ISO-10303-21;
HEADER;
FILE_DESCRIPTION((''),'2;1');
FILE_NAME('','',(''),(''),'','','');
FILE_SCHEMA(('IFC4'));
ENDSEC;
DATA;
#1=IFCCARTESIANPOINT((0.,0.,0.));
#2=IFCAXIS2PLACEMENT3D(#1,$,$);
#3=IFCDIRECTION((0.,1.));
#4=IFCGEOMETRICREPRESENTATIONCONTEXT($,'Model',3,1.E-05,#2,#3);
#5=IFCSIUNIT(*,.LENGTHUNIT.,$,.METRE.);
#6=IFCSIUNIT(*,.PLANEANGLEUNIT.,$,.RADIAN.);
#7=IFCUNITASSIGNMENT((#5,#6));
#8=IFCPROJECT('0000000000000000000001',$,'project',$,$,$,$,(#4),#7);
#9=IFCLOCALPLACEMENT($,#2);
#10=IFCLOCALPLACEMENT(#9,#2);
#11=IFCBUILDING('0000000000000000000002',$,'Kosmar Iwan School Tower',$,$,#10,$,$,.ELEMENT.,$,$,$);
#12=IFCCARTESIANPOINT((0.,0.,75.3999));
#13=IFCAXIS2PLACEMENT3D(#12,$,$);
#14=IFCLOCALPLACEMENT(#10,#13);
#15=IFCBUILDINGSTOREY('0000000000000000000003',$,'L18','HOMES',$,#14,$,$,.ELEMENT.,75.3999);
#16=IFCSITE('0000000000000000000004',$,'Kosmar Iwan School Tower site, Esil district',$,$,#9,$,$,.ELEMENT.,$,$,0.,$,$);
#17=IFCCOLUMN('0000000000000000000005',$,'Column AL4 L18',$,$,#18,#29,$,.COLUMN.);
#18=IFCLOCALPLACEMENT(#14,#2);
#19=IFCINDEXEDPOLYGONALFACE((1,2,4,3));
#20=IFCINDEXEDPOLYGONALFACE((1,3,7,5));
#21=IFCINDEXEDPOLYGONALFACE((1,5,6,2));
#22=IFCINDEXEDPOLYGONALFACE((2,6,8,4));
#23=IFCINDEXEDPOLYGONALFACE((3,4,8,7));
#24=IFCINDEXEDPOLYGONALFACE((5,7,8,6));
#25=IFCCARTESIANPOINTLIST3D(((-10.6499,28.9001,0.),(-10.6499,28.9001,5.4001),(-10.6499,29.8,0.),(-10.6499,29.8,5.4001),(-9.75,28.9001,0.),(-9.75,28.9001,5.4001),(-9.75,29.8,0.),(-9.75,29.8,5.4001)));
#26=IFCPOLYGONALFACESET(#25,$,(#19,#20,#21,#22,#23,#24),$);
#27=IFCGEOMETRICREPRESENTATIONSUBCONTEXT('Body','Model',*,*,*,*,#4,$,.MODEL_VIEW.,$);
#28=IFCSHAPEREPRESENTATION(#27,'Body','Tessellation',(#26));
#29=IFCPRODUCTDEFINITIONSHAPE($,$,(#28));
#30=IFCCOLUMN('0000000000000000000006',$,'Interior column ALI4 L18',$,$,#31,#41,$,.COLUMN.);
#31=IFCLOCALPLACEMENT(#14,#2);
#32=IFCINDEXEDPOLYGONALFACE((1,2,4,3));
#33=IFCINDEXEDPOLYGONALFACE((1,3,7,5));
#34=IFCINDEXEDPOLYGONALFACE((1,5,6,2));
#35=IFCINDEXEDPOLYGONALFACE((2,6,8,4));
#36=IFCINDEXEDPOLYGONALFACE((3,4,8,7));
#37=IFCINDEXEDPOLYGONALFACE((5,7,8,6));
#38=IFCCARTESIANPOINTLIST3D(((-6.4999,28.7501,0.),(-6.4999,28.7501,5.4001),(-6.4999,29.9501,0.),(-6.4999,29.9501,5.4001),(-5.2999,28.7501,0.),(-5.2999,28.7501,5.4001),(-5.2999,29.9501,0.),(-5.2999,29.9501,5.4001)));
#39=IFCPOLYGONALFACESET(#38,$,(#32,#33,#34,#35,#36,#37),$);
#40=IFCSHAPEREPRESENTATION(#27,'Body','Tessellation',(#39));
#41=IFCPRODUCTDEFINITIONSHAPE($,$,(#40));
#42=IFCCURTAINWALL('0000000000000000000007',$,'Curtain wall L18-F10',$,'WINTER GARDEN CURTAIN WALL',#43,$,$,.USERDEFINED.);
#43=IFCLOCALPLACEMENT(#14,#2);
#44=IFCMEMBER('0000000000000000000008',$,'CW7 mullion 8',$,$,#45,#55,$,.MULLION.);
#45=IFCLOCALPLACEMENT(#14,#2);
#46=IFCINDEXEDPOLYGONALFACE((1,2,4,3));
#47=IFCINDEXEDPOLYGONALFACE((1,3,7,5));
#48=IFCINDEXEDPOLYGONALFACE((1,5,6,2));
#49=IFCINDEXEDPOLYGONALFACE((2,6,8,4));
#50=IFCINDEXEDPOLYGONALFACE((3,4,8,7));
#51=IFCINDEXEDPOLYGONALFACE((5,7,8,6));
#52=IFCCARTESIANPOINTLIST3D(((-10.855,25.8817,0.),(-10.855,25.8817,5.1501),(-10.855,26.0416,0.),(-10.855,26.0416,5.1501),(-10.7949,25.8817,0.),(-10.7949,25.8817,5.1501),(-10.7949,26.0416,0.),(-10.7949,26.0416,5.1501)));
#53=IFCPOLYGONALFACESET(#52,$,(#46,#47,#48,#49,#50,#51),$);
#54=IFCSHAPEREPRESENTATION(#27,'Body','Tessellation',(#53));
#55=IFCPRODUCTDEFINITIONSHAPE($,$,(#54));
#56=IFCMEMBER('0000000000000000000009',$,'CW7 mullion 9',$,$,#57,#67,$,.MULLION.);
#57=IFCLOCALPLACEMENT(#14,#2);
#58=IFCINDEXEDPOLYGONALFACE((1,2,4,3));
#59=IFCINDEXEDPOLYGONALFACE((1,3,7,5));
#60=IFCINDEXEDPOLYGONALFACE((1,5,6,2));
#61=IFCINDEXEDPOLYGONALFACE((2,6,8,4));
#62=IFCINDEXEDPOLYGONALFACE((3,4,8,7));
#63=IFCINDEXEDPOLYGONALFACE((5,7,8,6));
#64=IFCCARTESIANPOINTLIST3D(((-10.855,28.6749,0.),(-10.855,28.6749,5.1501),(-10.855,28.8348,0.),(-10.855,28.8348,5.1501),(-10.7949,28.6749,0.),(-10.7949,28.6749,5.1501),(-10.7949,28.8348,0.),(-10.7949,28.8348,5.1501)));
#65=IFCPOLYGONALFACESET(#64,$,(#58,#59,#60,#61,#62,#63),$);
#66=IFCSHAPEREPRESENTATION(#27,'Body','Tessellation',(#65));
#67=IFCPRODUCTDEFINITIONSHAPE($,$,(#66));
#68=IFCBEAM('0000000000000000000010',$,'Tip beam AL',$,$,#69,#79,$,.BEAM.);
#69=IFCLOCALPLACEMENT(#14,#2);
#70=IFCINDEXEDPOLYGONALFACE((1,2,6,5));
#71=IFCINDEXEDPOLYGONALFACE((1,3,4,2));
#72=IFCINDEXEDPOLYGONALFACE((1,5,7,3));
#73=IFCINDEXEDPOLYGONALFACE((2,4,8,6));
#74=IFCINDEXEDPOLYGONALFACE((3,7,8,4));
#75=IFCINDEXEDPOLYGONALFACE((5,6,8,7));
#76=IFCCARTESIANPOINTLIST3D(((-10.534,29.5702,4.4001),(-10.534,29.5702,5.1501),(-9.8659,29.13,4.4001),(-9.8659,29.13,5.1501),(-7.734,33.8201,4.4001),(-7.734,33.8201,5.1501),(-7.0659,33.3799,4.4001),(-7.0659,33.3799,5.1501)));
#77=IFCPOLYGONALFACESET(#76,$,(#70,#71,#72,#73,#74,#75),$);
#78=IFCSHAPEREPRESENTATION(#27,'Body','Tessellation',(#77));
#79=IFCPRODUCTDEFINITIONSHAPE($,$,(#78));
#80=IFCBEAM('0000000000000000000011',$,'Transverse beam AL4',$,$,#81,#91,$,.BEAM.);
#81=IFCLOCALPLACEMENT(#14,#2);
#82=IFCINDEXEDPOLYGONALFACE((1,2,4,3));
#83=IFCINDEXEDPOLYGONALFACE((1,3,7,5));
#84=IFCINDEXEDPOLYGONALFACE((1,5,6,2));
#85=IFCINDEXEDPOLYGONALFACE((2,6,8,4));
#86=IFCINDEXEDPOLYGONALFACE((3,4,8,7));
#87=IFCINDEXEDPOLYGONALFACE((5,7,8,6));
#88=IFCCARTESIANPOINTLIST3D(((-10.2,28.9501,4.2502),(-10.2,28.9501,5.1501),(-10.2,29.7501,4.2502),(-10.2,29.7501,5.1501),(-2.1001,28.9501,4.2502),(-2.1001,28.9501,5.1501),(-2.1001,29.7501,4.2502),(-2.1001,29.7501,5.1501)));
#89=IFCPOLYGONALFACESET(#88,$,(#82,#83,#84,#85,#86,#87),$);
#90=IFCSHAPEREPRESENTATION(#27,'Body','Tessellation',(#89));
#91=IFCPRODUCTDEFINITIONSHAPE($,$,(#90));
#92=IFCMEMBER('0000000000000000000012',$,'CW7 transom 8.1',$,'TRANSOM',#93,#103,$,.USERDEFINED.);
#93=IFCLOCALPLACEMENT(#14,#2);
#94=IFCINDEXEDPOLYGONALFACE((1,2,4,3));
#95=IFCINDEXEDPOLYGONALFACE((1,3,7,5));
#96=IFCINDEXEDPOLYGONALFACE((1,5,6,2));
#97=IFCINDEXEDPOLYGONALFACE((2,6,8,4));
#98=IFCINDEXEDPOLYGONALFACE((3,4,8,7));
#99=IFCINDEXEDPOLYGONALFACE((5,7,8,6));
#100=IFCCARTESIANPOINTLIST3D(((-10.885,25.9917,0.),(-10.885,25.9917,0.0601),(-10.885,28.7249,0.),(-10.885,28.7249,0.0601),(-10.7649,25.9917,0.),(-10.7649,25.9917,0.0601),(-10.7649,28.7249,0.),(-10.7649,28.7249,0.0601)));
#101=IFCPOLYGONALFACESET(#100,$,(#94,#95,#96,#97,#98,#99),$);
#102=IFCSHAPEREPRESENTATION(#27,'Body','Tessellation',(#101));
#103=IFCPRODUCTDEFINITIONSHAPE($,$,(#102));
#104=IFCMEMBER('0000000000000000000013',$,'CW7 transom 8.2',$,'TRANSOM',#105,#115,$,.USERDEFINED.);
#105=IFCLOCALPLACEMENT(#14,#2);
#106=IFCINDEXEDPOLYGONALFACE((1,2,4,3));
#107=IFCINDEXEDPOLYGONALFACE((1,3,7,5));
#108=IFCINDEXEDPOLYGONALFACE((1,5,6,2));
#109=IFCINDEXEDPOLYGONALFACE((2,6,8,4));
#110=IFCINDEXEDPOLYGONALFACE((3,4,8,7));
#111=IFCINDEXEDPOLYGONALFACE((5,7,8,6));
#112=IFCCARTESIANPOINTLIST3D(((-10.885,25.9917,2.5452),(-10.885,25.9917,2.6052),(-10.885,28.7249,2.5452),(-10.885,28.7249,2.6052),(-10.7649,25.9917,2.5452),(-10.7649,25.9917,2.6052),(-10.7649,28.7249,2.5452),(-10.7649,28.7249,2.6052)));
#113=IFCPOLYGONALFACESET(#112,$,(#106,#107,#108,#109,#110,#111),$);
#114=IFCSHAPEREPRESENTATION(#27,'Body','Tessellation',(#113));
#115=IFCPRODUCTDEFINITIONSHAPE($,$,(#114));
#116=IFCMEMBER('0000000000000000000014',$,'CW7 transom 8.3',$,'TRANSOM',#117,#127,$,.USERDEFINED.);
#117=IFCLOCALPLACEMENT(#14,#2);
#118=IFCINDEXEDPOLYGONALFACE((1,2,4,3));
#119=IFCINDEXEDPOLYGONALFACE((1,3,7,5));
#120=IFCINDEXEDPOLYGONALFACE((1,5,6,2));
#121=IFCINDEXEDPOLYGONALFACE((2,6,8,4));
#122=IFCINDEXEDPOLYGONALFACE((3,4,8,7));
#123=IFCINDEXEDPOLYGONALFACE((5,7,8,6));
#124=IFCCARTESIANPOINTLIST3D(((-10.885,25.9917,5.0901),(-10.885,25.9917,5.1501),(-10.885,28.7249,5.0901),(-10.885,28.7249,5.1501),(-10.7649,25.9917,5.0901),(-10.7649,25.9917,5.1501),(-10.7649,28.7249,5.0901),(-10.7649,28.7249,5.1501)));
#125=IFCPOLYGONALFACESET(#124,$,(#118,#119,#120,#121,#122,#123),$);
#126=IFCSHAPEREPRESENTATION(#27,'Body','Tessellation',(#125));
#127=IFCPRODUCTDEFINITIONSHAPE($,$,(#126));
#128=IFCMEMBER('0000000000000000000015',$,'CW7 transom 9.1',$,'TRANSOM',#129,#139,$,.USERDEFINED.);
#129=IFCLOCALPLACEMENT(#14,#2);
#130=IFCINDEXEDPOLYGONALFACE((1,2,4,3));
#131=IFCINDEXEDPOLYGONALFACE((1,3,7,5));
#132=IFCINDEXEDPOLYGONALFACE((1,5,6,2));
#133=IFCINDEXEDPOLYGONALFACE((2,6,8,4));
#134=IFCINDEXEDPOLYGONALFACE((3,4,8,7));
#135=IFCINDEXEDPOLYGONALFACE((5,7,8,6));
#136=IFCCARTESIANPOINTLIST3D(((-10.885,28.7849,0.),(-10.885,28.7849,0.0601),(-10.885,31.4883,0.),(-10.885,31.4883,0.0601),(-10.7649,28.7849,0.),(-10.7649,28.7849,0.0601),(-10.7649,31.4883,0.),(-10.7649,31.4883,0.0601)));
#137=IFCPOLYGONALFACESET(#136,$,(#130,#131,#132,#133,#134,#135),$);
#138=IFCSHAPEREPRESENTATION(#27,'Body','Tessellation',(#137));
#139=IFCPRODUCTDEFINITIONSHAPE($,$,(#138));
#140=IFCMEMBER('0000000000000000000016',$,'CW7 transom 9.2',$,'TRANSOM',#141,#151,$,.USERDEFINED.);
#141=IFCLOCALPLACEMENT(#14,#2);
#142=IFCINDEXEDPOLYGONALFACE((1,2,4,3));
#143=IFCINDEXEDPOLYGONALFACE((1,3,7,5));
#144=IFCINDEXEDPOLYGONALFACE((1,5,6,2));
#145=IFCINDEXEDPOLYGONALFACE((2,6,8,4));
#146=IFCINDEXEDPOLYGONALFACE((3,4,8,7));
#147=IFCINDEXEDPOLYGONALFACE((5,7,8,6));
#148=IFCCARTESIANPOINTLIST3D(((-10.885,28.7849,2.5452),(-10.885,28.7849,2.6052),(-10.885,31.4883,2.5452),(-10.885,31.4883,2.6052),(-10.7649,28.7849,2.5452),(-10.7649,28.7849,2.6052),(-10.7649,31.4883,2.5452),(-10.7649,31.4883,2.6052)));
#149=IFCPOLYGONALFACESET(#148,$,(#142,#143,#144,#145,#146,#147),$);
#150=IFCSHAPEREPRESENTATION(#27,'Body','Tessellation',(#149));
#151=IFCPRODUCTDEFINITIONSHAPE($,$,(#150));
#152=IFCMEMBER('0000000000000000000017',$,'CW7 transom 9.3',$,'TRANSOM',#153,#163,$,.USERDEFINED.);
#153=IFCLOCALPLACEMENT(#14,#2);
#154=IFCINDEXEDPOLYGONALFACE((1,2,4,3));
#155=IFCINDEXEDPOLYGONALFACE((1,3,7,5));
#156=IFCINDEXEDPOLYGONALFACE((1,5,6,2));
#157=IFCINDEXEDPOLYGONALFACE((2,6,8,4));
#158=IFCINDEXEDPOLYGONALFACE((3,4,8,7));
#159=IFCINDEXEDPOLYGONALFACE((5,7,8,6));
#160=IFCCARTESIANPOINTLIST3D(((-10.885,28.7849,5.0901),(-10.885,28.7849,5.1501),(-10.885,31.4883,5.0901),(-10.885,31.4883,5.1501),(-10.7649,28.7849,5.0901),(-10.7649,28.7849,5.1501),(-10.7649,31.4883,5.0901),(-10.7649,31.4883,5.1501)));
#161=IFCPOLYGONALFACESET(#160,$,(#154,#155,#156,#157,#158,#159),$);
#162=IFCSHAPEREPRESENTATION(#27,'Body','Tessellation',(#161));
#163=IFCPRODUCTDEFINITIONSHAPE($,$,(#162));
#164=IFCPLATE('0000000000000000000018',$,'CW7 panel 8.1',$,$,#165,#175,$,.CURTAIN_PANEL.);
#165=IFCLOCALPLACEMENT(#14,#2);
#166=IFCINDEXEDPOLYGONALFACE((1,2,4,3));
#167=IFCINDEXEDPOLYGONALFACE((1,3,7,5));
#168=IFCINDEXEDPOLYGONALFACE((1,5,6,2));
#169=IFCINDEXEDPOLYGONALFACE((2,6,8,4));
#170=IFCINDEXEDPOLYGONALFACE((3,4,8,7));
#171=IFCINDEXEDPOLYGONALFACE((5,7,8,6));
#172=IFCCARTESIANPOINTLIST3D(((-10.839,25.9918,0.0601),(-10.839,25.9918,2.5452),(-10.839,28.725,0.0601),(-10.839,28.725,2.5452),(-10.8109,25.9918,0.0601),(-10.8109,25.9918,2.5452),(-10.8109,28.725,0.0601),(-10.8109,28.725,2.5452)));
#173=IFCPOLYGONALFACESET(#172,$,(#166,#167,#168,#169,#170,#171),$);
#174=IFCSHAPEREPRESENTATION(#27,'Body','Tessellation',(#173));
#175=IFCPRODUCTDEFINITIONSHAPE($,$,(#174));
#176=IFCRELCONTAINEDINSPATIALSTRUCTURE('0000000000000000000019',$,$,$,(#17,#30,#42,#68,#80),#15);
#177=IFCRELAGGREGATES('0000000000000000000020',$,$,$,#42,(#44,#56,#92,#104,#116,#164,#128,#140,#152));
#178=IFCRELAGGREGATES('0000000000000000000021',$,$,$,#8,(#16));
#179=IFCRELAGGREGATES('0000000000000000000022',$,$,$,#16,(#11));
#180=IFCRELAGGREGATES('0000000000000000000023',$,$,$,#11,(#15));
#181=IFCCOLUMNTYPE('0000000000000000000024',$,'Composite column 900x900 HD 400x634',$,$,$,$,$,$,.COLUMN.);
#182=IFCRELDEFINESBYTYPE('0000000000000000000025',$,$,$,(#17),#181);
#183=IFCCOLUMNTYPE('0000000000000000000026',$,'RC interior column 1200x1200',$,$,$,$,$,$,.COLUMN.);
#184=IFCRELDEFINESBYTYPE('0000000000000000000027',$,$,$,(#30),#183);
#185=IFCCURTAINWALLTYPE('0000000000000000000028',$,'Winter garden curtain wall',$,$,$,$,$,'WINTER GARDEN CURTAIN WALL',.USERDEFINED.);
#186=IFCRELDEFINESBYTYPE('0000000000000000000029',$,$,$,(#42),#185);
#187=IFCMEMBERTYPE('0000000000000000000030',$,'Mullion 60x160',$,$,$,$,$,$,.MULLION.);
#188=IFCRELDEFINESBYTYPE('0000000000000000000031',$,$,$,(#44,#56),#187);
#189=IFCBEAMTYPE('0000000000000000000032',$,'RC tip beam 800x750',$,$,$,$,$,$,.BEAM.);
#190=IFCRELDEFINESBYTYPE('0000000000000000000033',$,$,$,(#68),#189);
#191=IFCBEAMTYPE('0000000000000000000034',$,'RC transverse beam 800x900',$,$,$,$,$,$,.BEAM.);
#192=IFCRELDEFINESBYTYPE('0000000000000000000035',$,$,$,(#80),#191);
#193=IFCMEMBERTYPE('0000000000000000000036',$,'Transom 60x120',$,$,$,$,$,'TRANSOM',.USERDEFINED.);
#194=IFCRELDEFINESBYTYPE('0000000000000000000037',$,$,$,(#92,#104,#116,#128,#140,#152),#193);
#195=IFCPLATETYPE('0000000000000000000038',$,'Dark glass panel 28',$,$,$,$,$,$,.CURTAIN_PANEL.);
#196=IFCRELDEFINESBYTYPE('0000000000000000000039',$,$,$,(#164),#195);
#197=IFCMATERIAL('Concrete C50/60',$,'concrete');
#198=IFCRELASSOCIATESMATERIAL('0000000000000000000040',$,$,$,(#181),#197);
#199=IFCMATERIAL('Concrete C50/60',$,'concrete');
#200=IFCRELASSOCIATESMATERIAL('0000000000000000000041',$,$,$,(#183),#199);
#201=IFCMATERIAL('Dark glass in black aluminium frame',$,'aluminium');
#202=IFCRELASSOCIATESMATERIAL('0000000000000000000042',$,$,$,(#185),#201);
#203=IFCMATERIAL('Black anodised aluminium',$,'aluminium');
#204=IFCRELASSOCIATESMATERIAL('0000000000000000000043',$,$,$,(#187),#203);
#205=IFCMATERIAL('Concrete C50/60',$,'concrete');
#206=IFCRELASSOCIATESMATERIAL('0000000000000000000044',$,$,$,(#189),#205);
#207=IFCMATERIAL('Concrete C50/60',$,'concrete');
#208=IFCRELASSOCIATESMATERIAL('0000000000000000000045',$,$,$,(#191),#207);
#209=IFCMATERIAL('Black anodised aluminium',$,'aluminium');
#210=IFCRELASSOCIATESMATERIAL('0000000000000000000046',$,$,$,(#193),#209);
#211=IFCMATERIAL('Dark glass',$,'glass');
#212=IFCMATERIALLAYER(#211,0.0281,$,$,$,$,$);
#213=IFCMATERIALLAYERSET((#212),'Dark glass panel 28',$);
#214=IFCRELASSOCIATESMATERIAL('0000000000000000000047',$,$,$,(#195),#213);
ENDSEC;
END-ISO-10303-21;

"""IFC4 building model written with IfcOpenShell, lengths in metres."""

from ifc_helpers import new_model, si_unit, direction, frame, origin, origin_2d, place, context, subcontext, project, spatial, rectangle, extrude, material, layer, layer_set, material_profile, profile_set, type_object, element, aggregate, save


model = new_model("IFC4")

# Units and contexts
model_context = context("Model", 3, precision=1e-05, world=origin(), true_north=direction((0.0, 1.0)))
body_context = subcontext(model_context, "Body", "Model", "MODEL_VIEW")
ifc_project = project(units=[si_unit("LENGTHUNIT", "METRE"), si_unit("PLANEANGLEUNIT", "RADIAN")], contexts=[model_context])

# Site, building, storey
site_placement = place(None, origin())
site = spatial("IfcSite", under=ifc_project, at=site_placement, Name="Kosmar Iwan School Tower site, Esil district", CompositionType="ELEMENT", RefElevation=0.0)
building_placement = place(site_placement, origin())
building = spatial("IfcBuilding", under=site, at=building_placement, Name="Kosmar Iwan School Tower", CompositionType="ELEMENT")
storey_placement = place(building_placement, frame((0.0, 0.0, 75.3999)))
storey = spatial("IfcBuildingStorey", under=building, at=storey_placement, Name="L18", Description="HOMES", CompositionType="ELEMENT", Elevation=75.3999)

# Columns
ifc_material_1 = material(Name="Concrete C50/60", Category="concrete")
ifc_material_profile_1 = material_profile(ifc_material_1, rectangle(XDim=0.8999, YDim=0.8999, at=origin_2d()), Name="RC 900x900 + HD 400x634")
ifc_profile_set_1 = profile_set([ifc_material_profile_1], Name="Concrete C50/60")
column_type_1 = type_object("IfcColumnType", Name="Composite column 900x900 HD 400x634", PredefinedType="COLUMN", material=ifc_profile_set_1)
column_1_placement = place(storey_placement, frame((-10.2, 29.3501, 0.0), z_axis=(0.0, 0.0, 1.0), x_axis=(0.0, 1.0, 0.0)))
element("IfcColumn", 1, at=column_1_placement, inside=storey, type_object=column_type_1, Name="Column AL4 L18", PredefinedType="COLUMN", context=body_context, shape_type="SweptSolid", body=[
    extrude(rectangle(XDim=0.8999, YDim=0.8999, at=origin_2d()), origin(), (0.0, 0.0, 1.0), 5.4001),
])
ifc_material_2 = material(Name="Concrete C50/60", Category="concrete")
ifc_material_profile_2 = material_profile(ifc_material_2, rectangle(XDim=1.2, YDim=1.2, at=origin_2d()), Name="RC 1200x1200")
ifc_profile_set_2 = profile_set([ifc_material_profile_2], Name="Concrete C50/60")
column_type_2 = type_object("IfcColumnType", Name="RC interior column 1200x1200", PredefinedType="COLUMN", material=ifc_profile_set_2)
column_2_placement = place(storey_placement, frame((-5.8999, 29.3501, 0.0), z_axis=(0.0, 0.0, 1.0), x_axis=(0.0, 1.0, 0.0)))
element("IfcColumn", 2, at=column_2_placement, inside=storey, type_object=column_type_2, Name="Interior column ALI4 L18", PredefinedType="COLUMN", context=body_context, shape_type="SweptSolid", body=[
    extrude(rectangle(XDim=1.2, YDim=1.2, at=origin_2d()), origin(), (0.0, 0.0, 1.0), 5.4001),
])

# Curtain wall, members
ifc_material_3 = material(Name="Dark glass in black aluminium frame", Category="aluminium")
curtain_wall_type = type_object("IfcCurtainWallType", Name="Winter garden curtain wall", ElementType="WINTER GARDEN CURTAIN WALL", PredefinedType="USERDEFINED", material=ifc_material_3)
curtain_wall_placement = place(storey_placement, origin())
curtain_wall = element("IfcCurtainWall", 3, at=curtain_wall_placement, inside=storey, type_object=curtain_wall_type, Name="Curtain wall L18-F10", ObjectType="WINTER GARDEN CURTAIN WALL", PredefinedType="USERDEFINED")
ifc_material_4 = material(Name="Black anodised aluminium", Category="aluminium")
ifc_material_profile_3 = material_profile(ifc_material_4, rectangle(XDim=0.0601, YDim=0.1599, at=origin_2d()), Name="MULLION 60x160")
ifc_profile_set_3 = profile_set([ifc_material_profile_3], Name="Black anodised aluminium")
member_type_1 = type_object("IfcMemberType", Name="Mullion 60x160", PredefinedType="MULLION", material=ifc_profile_set_3)
member_1_placement = place(storey_placement, frame((-10.825, 25.9617, 0.0), z_axis=(0.0, 0.0, 1.0), x_axis=(-1.0, 0.0, 0.0)))
member_1 = element("IfcMember", 4, at=member_1_placement, type_object=member_type_1, Name="CW7 mullion 8", PredefinedType="MULLION", context=body_context, shape_type="SweptSolid", body=[
    extrude(rectangle(XDim=0.0601, YDim=0.1599, at=origin_2d()), origin(), (0.0, 0.0, 1.0), 5.1501),
])
member_2_placement = place(storey_placement, frame((-10.825, 28.7549, 0.0), z_axis=(0.0, 0.0, 1.0), x_axis=(-1.0, 0.0, 0.0)))
member_2 = element("IfcMember", 5, at=member_2_placement, type_object=member_type_1, Name="CW7 mullion 9", PredefinedType="MULLION", context=body_context, shape_type="SweptSolid", body=[
    extrude(rectangle(XDim=0.0601, YDim=0.1599, at=origin_2d()), origin(), (0.0, 0.0, 1.0), 5.1501),
])

# Beams
ifc_material_5 = material(Name="Concrete C50/60", Category="concrete")
ifc_material_profile_4 = material_profile(ifc_material_5, rectangle(XDim=0.8, YDim=0.75, at=origin_2d()), Name="RC 800x750")
ifc_profile_set_4 = profile_set([ifc_material_profile_4], Name="Concrete C50/60")
beam_type_1 = type_object("IfcBeamType", Name="RC tip beam 800x750", PredefinedType="BEAM", material=ifc_profile_set_4)
beam_1_placement = place(storey_placement, frame((-10.2, 29.3501, 4.7751), z_axis=(0.550164, 0.835056, 0.0), x_axis=(-0.835056, 0.550164, 0.0)))
element("IfcBeam", 6, at=beam_1_placement, inside=storey, type_object=beam_type_1, Name="Tip beam AL", PredefinedType="BEAM", context=body_context, shape_type="SweptSolid", body=[
    extrude(rectangle(XDim=0.8, YDim=0.75, at=origin_2d()), origin(), (0.0, 0.0, 1.0), 5.0894),
])
ifc_material_6 = material(Name="Concrete C50/60", Category="concrete")
ifc_material_profile_5 = material_profile(ifc_material_6, rectangle(XDim=0.8, YDim=0.8999, at=origin_2d()), Name="RC 800x900")
ifc_profile_set_5 = profile_set([ifc_material_profile_5], Name="Concrete C50/60")
beam_type_2 = type_object("IfcBeamType", Name="RC transverse beam 800x900", PredefinedType="BEAM", material=ifc_profile_set_5)
beam_2_placement = place(storey_placement, frame((-10.2, 29.3501, 4.7002), z_axis=(1.0, 0.0, 0.0), x_axis=(0.0, 1.0, 0.0)))
element("IfcBeam", 7, at=beam_2_placement, inside=storey, type_object=beam_type_2, Name="Transverse beam AL4", PredefinedType="BEAM", context=body_context, shape_type="SweptSolid", body=[
    extrude(rectangle(XDim=0.8, YDim=0.8999, at=origin_2d()), origin(), (0.0, 0.0, 1.0), 8.0999),
])

# Members
ifc_material_7 = material(Name="Black anodised aluminium", Category="aluminium")
ifc_material_profile_6 = material_profile(ifc_material_7, rectangle(XDim=0.1201, YDim=0.0601, at=origin_2d()), Name="TRANSOM 60x120")
ifc_profile_set_6 = profile_set([ifc_material_profile_6], Name="Black anodised aluminium")
member_type_2 = type_object("IfcMemberType", Name="Transom 60x120", ElementType="TRANSOM", PredefinedType="USERDEFINED", material=ifc_profile_set_6)
member_3_placement = place(storey_placement, frame((-10.825, 25.9917, 0.03), z_axis=(0.0, 1.0, 0.0), x_axis=(-1.0, 0.0, 0.0)))
member_3 = element("IfcMember", 8, at=member_3_placement, type_object=member_type_2, Name="CW7 transom 8.1", ObjectType="TRANSOM", PredefinedType="USERDEFINED", context=body_context, shape_type="SweptSolid", body=[
    extrude(rectangle(XDim=0.1201, YDim=0.0601, at=origin_2d()), origin(), (0.0, 0.0, 1.0), 2.7332),
])
member_4_placement = place(storey_placement, frame((-10.825, 25.9917, 2.5752), z_axis=(0.0, 1.0, 0.0), x_axis=(-1.0, 0.0, 0.0)))
member_4 = element("IfcMember", 9, at=member_4_placement, type_object=member_type_2, Name="CW7 transom 8.2", ObjectType="TRANSOM", PredefinedType="USERDEFINED", context=body_context, shape_type="SweptSolid", body=[
    extrude(rectangle(XDim=0.1201, YDim=0.0601, at=origin_2d()), origin(), (0.0, 0.0, 1.0), 2.7332),
])
member_5_placement = place(storey_placement, frame((-10.825, 25.9917, 5.1201), z_axis=(0.0, 1.0, 0.0), x_axis=(-1.0, 0.0, 0.0)))
member_5 = element("IfcMember", 10, at=member_5_placement, type_object=member_type_2, Name="CW7 transom 8.3", ObjectType="TRANSOM", PredefinedType="USERDEFINED", context=body_context, shape_type="SweptSolid", body=[
    extrude(rectangle(XDim=0.1201, YDim=0.0601, at=origin_2d()), origin(), (0.0, 0.0, 1.0), 2.7332),
])
member_6_placement = place(storey_placement, frame((-10.825, 28.7849, 0.03), z_axis=(0.0, 1.0, 0.0), x_axis=(-1.0, 0.0, 0.0)))
member_6 = element("IfcMember", 11, at=member_6_placement, type_object=member_type_2, Name="CW7 transom 9.1", ObjectType="TRANSOM", PredefinedType="USERDEFINED", context=body_context, shape_type="SweptSolid", body=[
    extrude(rectangle(XDim=0.1201, YDim=0.0601, at=origin_2d()), origin(), (0.0, 0.0, 1.0), 2.7034),
])
member_7_placement = place(storey_placement, frame((-10.825, 28.7849, 2.5752), z_axis=(0.0, 1.0, 0.0), x_axis=(-1.0, 0.0, 0.0)))
member_7 = element("IfcMember", 12, at=member_7_placement, type_object=member_type_2, Name="CW7 transom 9.2", ObjectType="TRANSOM", PredefinedType="USERDEFINED", context=body_context, shape_type="SweptSolid", body=[
    extrude(rectangle(XDim=0.1201, YDim=0.0601, at=origin_2d()), origin(), (0.0, 0.0, 1.0), 2.7034),
])
member_8_placement = place(storey_placement, frame((-10.825, 28.7849, 5.1201), z_axis=(0.0, 1.0, 0.0), x_axis=(-1.0, 0.0, 0.0)))
member_8 = element("IfcMember", 13, at=member_8_placement, type_object=member_type_2, Name="CW7 transom 9.3", ObjectType="TRANSOM", PredefinedType="USERDEFINED", context=body_context, shape_type="SweptSolid", body=[
    extrude(rectangle(XDim=0.1201, YDim=0.0601, at=origin_2d()), origin(), (0.0, 0.0, 1.0), 2.7034),
])

# Plate
ifc_material_8 = material(Name="Dark glass", Category="glass")
ifc_layer_1 = layer(ifc_material_8, 0.0281)
ifc_layer_set_1 = layer_set([ifc_layer_1], Name="Dark glass panel 28")
plate_type = type_object("IfcPlateType", Name="Dark glass panel 28", PredefinedType="CURTAIN_PANEL", material=ifc_layer_set_1)
plate_1_placement = place(storey_placement, frame((-10.825, 27.3584, 0.0601), z_axis=(0.0, 0.0, 1.0), x_axis=(0.0, 1.0, 0.0)))
plate_1 = element("IfcPlate", 14, at=plate_1_placement, type_object=plate_type, Name="CW7 panel 8.1", PredefinedType="CURTAIN_PANEL", context=body_context, shape_type="SweptSolid", body=[
    extrude(rectangle(XDim=2.7332, YDim=0.0281, at=origin_2d()), origin(), (0.0, 0.0, 1.0), 2.4851),
])
aggregate(curtain_wall, [member_1, member_2, member_3, member_4, member_5, plate_1, member_6, member_7, member_8])

save(model, "model.ifc")
